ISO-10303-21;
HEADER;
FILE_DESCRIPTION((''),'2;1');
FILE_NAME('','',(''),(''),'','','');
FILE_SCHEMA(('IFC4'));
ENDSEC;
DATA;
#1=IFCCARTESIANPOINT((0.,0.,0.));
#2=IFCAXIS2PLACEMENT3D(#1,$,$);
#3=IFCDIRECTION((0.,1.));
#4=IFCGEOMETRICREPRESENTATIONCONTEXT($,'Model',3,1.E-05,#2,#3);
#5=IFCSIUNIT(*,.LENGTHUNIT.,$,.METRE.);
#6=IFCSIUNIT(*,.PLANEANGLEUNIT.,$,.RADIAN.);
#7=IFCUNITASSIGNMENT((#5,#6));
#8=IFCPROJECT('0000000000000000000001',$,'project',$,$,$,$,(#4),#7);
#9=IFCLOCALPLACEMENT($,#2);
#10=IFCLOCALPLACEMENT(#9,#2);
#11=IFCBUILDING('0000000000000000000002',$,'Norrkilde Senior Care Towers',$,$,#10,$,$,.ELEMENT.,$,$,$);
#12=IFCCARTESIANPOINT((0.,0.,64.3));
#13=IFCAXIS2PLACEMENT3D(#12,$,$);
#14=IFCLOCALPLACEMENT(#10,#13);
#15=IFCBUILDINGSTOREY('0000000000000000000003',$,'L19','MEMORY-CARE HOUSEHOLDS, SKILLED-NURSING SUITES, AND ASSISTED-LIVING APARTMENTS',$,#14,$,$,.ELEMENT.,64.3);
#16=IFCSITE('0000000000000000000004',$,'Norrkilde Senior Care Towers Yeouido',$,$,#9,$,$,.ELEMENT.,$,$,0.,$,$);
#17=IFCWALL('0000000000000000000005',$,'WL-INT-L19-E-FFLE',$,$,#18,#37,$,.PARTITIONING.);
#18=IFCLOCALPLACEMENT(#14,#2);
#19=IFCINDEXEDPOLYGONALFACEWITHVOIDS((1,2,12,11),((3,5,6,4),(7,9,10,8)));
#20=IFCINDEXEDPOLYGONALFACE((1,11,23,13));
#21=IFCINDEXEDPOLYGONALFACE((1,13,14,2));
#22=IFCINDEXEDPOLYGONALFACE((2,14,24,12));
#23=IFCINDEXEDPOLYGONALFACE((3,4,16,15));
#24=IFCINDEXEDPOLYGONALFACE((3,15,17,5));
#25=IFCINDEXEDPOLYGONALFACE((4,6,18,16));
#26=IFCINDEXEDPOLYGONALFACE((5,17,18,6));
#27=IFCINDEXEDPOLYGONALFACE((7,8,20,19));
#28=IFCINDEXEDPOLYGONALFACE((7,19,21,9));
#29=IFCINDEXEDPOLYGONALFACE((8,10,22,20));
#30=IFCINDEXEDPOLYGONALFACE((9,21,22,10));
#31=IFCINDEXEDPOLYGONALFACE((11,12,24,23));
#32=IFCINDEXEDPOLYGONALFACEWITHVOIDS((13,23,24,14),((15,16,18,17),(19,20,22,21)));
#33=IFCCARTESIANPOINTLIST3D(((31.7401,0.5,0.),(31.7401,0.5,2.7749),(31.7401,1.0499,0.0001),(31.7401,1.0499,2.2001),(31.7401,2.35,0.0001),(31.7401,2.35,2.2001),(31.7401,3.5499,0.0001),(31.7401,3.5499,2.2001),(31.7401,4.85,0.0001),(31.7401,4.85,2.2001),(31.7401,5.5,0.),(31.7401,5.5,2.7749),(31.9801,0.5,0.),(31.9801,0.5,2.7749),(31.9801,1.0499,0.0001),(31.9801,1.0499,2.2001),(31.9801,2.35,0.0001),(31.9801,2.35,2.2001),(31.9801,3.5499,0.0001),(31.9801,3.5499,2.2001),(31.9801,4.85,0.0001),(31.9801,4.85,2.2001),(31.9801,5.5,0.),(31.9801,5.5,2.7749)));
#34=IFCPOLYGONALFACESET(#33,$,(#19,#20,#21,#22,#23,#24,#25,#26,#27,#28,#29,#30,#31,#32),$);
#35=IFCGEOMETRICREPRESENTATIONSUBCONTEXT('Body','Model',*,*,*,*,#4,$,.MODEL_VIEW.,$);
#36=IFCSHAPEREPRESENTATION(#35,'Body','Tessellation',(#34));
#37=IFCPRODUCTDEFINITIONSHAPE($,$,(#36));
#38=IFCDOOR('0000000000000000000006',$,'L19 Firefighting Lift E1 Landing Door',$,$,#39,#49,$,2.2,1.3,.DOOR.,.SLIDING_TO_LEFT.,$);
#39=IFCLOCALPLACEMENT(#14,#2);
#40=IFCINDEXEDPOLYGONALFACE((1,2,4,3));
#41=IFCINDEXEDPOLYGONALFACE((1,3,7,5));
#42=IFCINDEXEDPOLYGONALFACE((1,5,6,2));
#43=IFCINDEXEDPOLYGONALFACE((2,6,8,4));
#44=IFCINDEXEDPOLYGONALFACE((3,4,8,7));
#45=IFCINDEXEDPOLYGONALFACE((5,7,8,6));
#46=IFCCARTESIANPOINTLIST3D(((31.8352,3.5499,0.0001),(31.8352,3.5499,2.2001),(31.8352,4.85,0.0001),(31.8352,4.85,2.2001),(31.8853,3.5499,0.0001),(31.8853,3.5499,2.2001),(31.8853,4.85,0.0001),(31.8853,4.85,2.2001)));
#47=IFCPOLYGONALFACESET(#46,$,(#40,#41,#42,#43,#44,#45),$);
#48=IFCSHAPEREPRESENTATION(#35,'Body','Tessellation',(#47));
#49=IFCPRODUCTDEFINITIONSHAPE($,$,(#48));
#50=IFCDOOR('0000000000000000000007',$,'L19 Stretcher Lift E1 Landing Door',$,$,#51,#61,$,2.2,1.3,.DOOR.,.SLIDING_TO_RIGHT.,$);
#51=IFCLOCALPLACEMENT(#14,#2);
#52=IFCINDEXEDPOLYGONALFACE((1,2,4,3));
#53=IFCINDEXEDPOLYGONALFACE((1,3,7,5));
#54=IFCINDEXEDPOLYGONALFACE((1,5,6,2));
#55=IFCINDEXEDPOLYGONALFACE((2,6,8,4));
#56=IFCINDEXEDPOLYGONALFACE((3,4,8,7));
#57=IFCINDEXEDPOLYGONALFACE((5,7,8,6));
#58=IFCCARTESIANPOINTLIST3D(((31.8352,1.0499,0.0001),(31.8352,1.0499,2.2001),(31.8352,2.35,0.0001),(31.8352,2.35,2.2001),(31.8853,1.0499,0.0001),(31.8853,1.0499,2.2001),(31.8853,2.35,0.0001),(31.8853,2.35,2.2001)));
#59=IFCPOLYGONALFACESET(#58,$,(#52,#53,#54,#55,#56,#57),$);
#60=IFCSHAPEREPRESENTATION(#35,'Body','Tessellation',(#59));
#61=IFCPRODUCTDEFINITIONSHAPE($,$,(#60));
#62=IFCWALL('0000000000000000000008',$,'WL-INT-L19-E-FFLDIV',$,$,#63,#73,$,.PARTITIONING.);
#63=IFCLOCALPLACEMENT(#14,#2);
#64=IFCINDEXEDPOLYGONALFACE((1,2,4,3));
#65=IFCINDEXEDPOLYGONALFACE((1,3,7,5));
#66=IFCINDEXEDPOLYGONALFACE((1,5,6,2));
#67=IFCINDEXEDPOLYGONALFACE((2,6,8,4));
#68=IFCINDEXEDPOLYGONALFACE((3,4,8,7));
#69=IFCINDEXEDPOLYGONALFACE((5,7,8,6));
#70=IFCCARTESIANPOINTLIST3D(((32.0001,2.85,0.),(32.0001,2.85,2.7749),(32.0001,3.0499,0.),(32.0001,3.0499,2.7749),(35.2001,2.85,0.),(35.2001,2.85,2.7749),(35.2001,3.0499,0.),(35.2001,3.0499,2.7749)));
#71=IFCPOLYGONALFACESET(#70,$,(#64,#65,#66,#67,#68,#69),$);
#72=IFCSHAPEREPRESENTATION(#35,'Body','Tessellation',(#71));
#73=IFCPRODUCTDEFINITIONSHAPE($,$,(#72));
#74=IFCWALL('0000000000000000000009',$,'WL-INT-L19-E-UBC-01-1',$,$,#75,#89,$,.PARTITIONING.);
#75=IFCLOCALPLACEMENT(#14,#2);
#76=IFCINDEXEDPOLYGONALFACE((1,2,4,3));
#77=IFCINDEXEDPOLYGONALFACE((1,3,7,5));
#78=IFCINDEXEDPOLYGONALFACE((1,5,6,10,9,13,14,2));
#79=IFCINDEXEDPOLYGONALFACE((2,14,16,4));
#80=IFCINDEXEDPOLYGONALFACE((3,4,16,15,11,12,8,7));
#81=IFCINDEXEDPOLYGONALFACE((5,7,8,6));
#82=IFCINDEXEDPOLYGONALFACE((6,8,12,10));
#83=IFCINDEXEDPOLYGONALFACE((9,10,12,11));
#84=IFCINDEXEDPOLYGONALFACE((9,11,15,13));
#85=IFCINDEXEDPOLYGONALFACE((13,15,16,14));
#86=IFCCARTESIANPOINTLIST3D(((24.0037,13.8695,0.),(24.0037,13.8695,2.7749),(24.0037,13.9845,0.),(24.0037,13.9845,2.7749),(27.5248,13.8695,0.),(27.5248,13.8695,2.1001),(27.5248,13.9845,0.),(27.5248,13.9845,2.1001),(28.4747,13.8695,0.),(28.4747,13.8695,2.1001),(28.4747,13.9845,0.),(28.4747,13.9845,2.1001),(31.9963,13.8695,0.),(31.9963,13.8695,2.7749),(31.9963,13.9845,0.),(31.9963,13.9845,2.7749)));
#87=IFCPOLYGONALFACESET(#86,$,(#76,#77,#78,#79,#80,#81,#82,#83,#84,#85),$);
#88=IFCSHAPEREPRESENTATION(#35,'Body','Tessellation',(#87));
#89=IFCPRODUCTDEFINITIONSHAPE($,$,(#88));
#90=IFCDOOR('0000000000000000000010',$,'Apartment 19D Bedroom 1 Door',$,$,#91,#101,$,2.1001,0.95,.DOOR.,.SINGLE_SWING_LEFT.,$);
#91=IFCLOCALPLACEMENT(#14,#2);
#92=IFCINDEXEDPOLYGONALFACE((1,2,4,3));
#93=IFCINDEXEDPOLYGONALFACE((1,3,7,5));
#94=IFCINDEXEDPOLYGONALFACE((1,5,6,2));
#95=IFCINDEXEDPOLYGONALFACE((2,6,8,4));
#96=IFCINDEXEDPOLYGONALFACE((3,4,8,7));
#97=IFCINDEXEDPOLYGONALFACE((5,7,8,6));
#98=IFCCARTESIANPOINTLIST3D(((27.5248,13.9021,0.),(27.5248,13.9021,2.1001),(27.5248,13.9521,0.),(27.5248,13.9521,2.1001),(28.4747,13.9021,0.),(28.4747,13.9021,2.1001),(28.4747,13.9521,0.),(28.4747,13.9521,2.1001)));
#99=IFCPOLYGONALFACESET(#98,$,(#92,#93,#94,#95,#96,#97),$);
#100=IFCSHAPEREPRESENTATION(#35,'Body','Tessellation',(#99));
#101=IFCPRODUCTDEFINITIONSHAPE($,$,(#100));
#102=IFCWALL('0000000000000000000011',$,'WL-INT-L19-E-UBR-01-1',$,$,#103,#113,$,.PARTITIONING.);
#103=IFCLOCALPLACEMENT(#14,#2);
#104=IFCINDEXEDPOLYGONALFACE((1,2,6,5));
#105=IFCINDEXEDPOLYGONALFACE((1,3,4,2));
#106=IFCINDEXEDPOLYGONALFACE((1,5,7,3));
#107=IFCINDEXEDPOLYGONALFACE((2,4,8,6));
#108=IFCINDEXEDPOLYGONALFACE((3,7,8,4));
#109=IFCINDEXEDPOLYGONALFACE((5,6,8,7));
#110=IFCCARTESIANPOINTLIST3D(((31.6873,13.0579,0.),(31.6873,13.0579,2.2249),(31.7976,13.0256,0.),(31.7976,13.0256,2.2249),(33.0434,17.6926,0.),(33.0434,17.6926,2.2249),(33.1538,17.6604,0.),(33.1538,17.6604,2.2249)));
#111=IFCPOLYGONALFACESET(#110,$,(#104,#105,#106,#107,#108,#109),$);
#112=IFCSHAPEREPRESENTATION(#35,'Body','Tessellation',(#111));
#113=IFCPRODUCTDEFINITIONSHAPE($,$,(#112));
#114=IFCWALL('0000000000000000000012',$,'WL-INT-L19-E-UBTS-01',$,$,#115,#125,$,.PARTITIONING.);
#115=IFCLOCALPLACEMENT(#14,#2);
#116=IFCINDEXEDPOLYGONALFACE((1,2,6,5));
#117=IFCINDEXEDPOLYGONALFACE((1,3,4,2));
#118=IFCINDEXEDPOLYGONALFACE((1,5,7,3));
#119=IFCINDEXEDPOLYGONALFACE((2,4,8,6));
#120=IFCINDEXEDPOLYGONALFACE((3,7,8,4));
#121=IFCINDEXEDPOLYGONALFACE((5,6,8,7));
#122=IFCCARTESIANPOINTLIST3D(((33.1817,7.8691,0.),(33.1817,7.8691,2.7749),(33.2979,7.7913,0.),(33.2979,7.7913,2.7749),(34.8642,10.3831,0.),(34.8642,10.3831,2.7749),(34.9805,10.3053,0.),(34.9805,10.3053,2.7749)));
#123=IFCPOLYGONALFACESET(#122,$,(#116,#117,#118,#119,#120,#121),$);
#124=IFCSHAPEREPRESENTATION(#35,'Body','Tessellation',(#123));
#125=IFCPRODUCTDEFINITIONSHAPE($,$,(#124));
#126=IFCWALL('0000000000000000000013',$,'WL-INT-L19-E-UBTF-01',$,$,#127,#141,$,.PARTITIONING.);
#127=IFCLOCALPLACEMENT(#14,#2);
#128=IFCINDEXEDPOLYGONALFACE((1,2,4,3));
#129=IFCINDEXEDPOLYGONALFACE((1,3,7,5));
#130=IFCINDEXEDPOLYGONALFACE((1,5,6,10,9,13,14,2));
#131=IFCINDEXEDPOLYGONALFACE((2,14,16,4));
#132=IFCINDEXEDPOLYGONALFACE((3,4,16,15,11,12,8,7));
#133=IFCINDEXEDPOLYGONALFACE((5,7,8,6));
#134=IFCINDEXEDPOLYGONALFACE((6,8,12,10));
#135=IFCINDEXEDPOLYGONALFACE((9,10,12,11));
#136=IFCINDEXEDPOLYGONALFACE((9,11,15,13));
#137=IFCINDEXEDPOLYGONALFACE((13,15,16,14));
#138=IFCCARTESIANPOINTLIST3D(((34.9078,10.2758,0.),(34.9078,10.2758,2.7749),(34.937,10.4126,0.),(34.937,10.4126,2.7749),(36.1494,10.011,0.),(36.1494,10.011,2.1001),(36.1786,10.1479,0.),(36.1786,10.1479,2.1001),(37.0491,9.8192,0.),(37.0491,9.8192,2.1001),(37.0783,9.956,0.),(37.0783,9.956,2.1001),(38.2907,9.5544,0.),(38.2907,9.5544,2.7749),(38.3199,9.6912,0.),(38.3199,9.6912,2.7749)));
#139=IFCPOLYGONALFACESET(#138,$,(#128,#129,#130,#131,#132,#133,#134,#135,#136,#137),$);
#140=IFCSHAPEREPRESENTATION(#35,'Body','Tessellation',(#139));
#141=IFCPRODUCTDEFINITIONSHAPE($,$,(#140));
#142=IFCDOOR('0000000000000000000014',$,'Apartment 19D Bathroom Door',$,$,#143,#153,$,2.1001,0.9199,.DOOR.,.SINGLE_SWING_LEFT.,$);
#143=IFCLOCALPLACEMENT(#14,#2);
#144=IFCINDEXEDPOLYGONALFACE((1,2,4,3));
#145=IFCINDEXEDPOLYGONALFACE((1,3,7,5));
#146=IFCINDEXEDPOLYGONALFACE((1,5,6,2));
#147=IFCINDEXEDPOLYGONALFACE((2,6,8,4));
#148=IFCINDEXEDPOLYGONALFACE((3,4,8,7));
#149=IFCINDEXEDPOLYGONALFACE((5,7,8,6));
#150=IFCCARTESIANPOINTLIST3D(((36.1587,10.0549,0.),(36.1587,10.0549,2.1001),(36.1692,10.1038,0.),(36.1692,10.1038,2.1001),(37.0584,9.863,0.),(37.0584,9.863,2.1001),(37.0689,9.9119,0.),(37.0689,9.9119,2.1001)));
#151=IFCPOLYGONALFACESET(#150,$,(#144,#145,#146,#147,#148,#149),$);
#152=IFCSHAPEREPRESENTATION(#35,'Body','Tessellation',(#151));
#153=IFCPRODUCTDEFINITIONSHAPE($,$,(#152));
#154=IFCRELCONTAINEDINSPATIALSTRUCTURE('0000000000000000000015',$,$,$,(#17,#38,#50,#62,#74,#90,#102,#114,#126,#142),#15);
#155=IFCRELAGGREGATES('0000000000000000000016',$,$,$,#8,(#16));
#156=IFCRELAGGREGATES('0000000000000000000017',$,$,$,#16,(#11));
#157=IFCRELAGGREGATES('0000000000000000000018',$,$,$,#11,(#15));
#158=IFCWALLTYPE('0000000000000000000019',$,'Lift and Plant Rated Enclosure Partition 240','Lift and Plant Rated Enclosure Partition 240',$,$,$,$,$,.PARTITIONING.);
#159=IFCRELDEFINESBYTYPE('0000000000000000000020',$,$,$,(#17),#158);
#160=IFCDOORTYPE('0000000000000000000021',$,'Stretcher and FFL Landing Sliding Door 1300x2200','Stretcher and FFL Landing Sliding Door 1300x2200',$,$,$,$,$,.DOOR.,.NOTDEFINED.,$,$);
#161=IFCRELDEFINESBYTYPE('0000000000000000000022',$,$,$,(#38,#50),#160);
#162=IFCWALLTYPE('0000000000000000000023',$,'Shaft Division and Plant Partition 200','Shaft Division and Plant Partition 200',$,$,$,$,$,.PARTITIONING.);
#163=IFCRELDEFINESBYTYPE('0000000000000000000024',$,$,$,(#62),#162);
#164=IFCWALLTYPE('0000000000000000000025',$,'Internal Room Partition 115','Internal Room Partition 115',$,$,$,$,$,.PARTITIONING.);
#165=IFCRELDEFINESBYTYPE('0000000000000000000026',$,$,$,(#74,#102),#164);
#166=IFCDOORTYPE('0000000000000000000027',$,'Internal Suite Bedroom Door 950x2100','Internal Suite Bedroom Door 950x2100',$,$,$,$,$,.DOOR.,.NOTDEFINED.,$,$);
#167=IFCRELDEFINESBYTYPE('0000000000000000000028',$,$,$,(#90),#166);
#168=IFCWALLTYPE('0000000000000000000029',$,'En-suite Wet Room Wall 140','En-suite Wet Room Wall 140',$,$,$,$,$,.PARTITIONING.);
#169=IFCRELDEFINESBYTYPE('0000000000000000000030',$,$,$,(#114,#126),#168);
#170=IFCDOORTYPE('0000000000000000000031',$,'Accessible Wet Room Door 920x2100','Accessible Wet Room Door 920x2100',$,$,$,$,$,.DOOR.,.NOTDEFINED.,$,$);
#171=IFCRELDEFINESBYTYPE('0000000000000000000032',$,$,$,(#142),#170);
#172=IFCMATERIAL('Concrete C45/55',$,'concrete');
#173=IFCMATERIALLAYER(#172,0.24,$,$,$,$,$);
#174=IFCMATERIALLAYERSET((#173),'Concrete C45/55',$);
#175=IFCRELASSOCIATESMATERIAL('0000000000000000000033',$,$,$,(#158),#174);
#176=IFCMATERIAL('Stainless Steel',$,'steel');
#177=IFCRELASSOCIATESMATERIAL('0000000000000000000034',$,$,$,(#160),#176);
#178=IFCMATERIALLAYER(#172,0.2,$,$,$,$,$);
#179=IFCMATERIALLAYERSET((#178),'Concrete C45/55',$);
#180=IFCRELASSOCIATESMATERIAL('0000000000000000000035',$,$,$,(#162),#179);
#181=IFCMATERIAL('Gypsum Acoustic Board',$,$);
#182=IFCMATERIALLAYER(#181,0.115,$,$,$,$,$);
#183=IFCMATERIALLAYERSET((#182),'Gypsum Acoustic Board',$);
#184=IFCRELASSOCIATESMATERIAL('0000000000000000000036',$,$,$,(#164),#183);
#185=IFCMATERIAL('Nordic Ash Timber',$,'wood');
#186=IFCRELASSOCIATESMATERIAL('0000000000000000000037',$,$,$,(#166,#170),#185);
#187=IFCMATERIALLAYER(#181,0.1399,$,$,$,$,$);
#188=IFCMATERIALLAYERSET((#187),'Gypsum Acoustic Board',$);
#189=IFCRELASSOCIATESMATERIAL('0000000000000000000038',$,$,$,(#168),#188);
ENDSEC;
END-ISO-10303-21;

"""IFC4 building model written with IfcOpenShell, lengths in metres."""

from ifc_helpers import new_model, si_unit, direction, frame, frame_2d, origin, place, context, subcontext, project, spatial, rectangle, extrude, source, transform, mapped, material, layer, layer_set, type_object, type_shapes, element, fill, save


model = new_model("IFC4")

# Units and contexts
model_context = context("Model", 3, precision=1e-05, world=origin(), true_north=direction((0.0, 1.0)))
body_context = subcontext(model_context, "Body", "Model", "MODEL_VIEW")
ifc_project = project(units=[si_unit("LENGTHUNIT", "METRE"), si_unit("PLANEANGLEUNIT", "RADIAN")], contexts=[model_context])

# Site, building, storey
site_placement = place(None, origin())
site = spatial("IfcSite", under=ifc_project, at=site_placement, Name="Norrkilde Senior Care Towers Yeouido", CompositionType="ELEMENT", RefElevation=0.0)
building_placement = place(site_placement, origin())
building = spatial("IfcBuilding", under=site, at=building_placement, Name="Norrkilde Senior Care Towers", CompositionType="ELEMENT")
storey_placement = place(building_placement, frame((0.0, 0.0, 64.3)))
storey = spatial("IfcBuildingStorey", under=building, at=storey_placement, Name="L19", Description="MEMORY-CARE HOUSEHOLDS, SKILLED-NURSING SUITES, AND ASSISTED-LIVING APARTMENTS", CompositionType="ELEMENT", Elevation=64.3)

# Wall, openings, doors
ifc_material_1 = material(Name="Concrete C45/55", Category="concrete")
ifc_layer_1 = layer(ifc_material_1, 0.24)
ifc_layer_set_1 = layer_set([ifc_layer_1], Name="Concrete C45/55")
wall_type_1 = type_object("IfcWallType", Name="Lift and Plant Rated Enclosure Partition 240", Description="Lift and Plant Rated Enclosure Partition 240", PredefinedType="PARTITIONING", material=ifc_layer_set_1)
shared_shape_1 = source(origin(), body_context, "Body", "SweptSolid", [
    extrude(rectangle(XDim=5.0, YDim=0.24, at=frame_2d((2.5, 0.0))), origin(), (0.0, 0.0, 1.0), 2.7749),
])
type_shapes(wall_type_1, [shared_shape_1])
wall_1_placement = place(storey_placement, frame((31.8601, 0.5, 0.0), z_axis=(0.0, 0.0, 1.0), x_axis=(0.0, 1.0, 0.0)))
wall_1 = element("IfcWall", 1, at=wall_1_placement, inside=storey, type_object=wall_type_1, Name="WL-INT-L19-E-FFLE", PredefinedType="PARTITIONING", context=body_context, shape_type="MappedRepresentation", body=[
    mapped(shared_shape_1, transform((0.0, 0.0, 0.0), x_axis=(1.0, 0.0, 0.0), y_axis=(0.0, 1.0, 0.0), z_axis=(0.0, 0.0, 1.0), scale=1.0)),
])
opening_1_placement = place(wall_1_placement, frame((3.05, 0.0, 0.0)))
opening_1 = element("IfcOpeningElement", 2, at=opening_1_placement, cuts=wall_1, PredefinedType="OPENING", context=body_context, shape_type="SweptSolid", body=[
    extrude(rectangle(XDim=1.3, YDim=2.2, at=frame_2d((0.6499, 1.1001))), frame((0.0, 0.1299, 0.0), z_axis=(0.0, -1.0, 0.0), x_axis=(1.0, 0.0, 0.0)), (0.0, 0.0, 1.0), 0.26),
])
opening_2_placement = place(wall_1_placement, frame((0.55, 0.0, 0.0)))
opening_2 = element("IfcOpeningElement", 3, at=opening_2_placement, cuts=wall_1, PredefinedType="OPENING", context=body_context, shape_type="SweptSolid", body=[
    extrude(rectangle(XDim=1.3, YDim=2.2, at=frame_2d((0.6499, 1.1001))), frame((0.0, 0.1299, 0.0), z_axis=(0.0, -1.0, 0.0), x_axis=(1.0, 0.0, 0.0)), (0.0, 0.0, 1.0), 0.26),
])
ifc_material_2 = material(Name="Stainless Steel", Category="steel")
door_type_1 = type_object("IfcDoorType", Name="Stretcher and FFL Landing Sliding Door 1300x2200", Description="Stretcher and FFL Landing Sliding Door 1300x2200", OperationType="NOTDEFINED", PredefinedType="DOOR", material=ifc_material_2)
shared_shape_2 = source(origin(), body_context, "Body", "SweptSolid", [
    extrude(rectangle(XDim=1.3, YDim=2.2, at=frame_2d((0.6499, 1.1001))), frame((0.0, 0.0249, 0.0), z_axis=(0.0, -1.0, 0.0), x_axis=(1.0, 0.0, 0.0)), (0.0, 0.0, 1.0), 0.05),
])
type_shapes(door_type_1, [shared_shape_2])
door_1_placement = place(opening_1_placement, origin())
door_1 = element("IfcDoor", 4, at=door_1_placement, inside=storey, type_object=door_type_1, Name="L19 Firefighting Lift E1 Landing Door", OperationType="SLIDING_TO_LEFT", OverallHeight=2.2, OverallWidth=1.3, PredefinedType="DOOR", context=body_context, shape_type="MappedRepresentation", body=[
    mapped(shared_shape_2, transform((0.0, 0.0, 0.0), x_axis=(1.0, 0.0, 0.0), y_axis=(0.0, 1.0, 0.0), z_axis=(0.0, 0.0, 1.0), scale=1.0)),
])
fill(opening_1, door_1)
door_2_placement = place(opening_2_placement, origin())
door_2 = element("IfcDoor", 5, at=door_2_placement, inside=storey, type_object=door_type_1, Name="L19 Stretcher Lift E1 Landing Door", OperationType="SLIDING_TO_RIGHT", OverallHeight=2.2, OverallWidth=1.3, PredefinedType="DOOR", context=body_context, shape_type="MappedRepresentation", body=[
    mapped(shared_shape_2, transform((0.0, 0.0, 0.0), x_axis=(1.0, 0.0, 0.0), y_axis=(0.0, 1.0, 0.0), z_axis=(0.0, 0.0, 1.0), scale=1.0)),
])
fill(opening_2, door_2)

# Wall
ifc_layer_2 = layer(ifc_material_1, 0.2)
ifc_layer_set_2 = layer_set([ifc_layer_2], Name="Concrete C45/55")
wall_type_2 = type_object("IfcWallType", Name="Shaft Division and Plant Partition 200", Description="Shaft Division and Plant Partition 200", PredefinedType="PARTITIONING", material=ifc_layer_set_2)
shared_shape_3 = source(origin(), body_context, "Body", "SweptSolid", [
    extrude(rectangle(XDim=3.2, YDim=0.2, at=frame_2d((1.6001, 0.0))), origin(), (0.0, 0.0, 1.0), 2.7749),
])
type_shapes(wall_type_2, [shared_shape_3])
wall_2_placement = place(storey_placement, frame((32.0, 2.95, 0.0), z_axis=(0.0, 0.0, 1.0), x_axis=(1.0, 0.0, 0.0)))
element("IfcWall", 6, at=wall_2_placement, inside=storey, type_object=wall_type_2, Name="WL-INT-L19-E-FFLDIV", PredefinedType="PARTITIONING", context=body_context, shape_type="MappedRepresentation", body=[
    mapped(shared_shape_3, transform((0.0, 0.0, 0.0), x_axis=(1.0, 0.0, 0.0), y_axis=(0.0, 1.0, 0.0), z_axis=(0.0, 0.0, 1.0), scale=1.0)),
])

# Wall, opening, door
ifc_material_3 = material(Name="Gypsum Acoustic Board")
ifc_layer_3 = layer(ifc_material_3, 0.115)
ifc_layer_set_3 = layer_set([ifc_layer_3], Name="Gypsum Acoustic Board")
wall_type_3 = type_object("IfcWallType", Name="Internal Room Partition 115", Description="Internal Room Partition 115", PredefinedType="PARTITIONING", material=ifc_layer_set_3)
shared_shape_4 = source(origin(), body_context, "Body", "SweptSolid", [
    extrude(rectangle(XDim=7.9927, YDim=0.115, at=frame_2d((3.9963, 0.0))), origin(), (0.0, 0.0, 1.0), 2.7749),
])
wall_3_placement = place(storey_placement, frame((31.9963, 13.927, 0.0), z_axis=(0.0, 0.0, 1.0), x_axis=(-1.0, 0.0, 0.0)))
wall_3 = element("IfcWall", 7, at=wall_3_placement, inside=storey, type_object=wall_type_3, Name="WL-INT-L19-E-UBC-01-1", PredefinedType="PARTITIONING", context=body_context, shape_type="MappedRepresentation", body=[
    mapped(shared_shape_4, transform((0.0, 0.0, 0.0), x_axis=(1.0, 0.0, 0.0), y_axis=(0.0, 1.0, 0.0), z_axis=(0.0, 0.0, 1.0), scale=1.0)),
])
opening_3_placement = place(wall_3_placement, frame((3.5215, 0.0, 0.0)))
opening_3 = element("IfcOpeningElement", 8, at=opening_3_placement, cuts=wall_3, PredefinedType="OPENING", context=body_context, shape_type="SweptSolid", body=[
    extrude(rectangle(XDim=0.95, YDim=2.1001, at=frame_2d((0.4751, 1.05))), frame((0.0, 0.0674, 0.0), z_axis=(0.0, -1.0, 0.0), x_axis=(1.0, 0.0, 0.0)), (0.0, 0.0, 1.0), 0.135),
])
ifc_material_4 = material(Name="Nordic Ash Timber", Category="wood")
door_type_2 = type_object("IfcDoorType", Name="Internal Suite Bedroom Door 950x2100", Description="Internal Suite Bedroom Door 950x2100", OperationType="NOTDEFINED", PredefinedType="DOOR", material=ifc_material_4)
shared_shape_5 = source(origin(), body_context, "Body", "SweptSolid", [
    extrude(rectangle(XDim=0.95, YDim=2.1001, at=frame_2d((0.4751, 1.05))), frame((0.0, 0.0249, 0.0), z_axis=(0.0, -1.0, 0.0), x_axis=(1.0, 0.0, 0.0)), (0.0, 0.0, 1.0), 0.05),
])
type_shapes(door_type_2, [shared_shape_5])
door_3_placement = place(opening_3_placement, origin())
door_3 = element("IfcDoor", 9, at=door_3_placement, inside=storey, type_object=door_type_2, Name="Apartment 19D Bedroom 1 Door", OperationType="SINGLE_SWING_LEFT", OverallHeight=2.1001, OverallWidth=0.95, PredefinedType="DOOR", context=body_context, shape_type="MappedRepresentation", body=[
    mapped(shared_shape_5, transform((0.0, 0.0, 0.0), x_axis=(1.0, 0.0, 0.0), y_axis=(0.0, 1.0, 0.0), z_axis=(0.0, 0.0, 1.0), scale=1.0)),
])
fill(opening_3, door_3)

# Walls
shared_shape_6 = source(origin(), body_context, "Body", "SweptSolid", [
    extrude(rectangle(XDim=4.8291, YDim=0.115, at=frame_2d((2.4146, 0.0))), origin(), (0.0, 0.0, 1.0), 2.2249),
])
wall_4_placement = place(storey_placement, frame((31.7424, 13.0417, 0.0), z_axis=(0.0, 0.0, 1.0), x_axis=(0.280839, 0.959755, 0.0)))
element("IfcWall", 10, at=wall_4_placement, inside=storey, type_object=wall_type_3, Name="WL-INT-L19-E-UBR-01-1", PredefinedType="PARTITIONING", context=body_context, shape_type="MappedRepresentation", body=[
    mapped(shared_shape_6, transform((0.0, 0.0, 0.0), x_axis=(1.0, 0.0, 0.0), y_axis=(0.0, 1.0, 0.0), z_axis=(0.0, 0.0, 1.0), scale=1.0)),
])
ifc_layer_4 = layer(ifc_material_3, 0.1399)
ifc_layer_set_4 = layer_set([ifc_layer_4], Name="Gypsum Acoustic Board")
wall_type_4 = type_object("IfcWallType", Name="En-suite Wet Room Wall 140", Description="En-suite Wet Room Wall 140", PredefinedType="PARTITIONING", material=ifc_layer_set_4)
shared_shape_7 = source(origin(), body_context, "Body", "SweptSolid", [
    extrude(rectangle(XDim=3.0251, YDim=0.1399, at=frame_2d((1.5127, 0.0))), origin(), (0.0, 0.0, 1.0), 2.7749),
])
wall_5_placement = place(storey_placement, frame((33.2397, 7.8301, 0.0), z_axis=(0.0, 0.0, 1.0), x_axis=(0.556189, 0.831056, 0.0)))
element("IfcWall", 11, at=wall_5_placement, inside=storey, type_object=wall_type_4, Name="WL-INT-L19-E-UBTS-01", PredefinedType="PARTITIONING", context=body_context, shape_type="MappedRepresentation", body=[
    mapped(shared_shape_7, transform((0.0, 0.0, 0.0), x_axis=(1.0, 0.0, 0.0), y_axis=(0.0, 1.0, 0.0), z_axis=(0.0, 0.0, 1.0), scale=1.0)),
])

# Wall, opening, door
shared_shape_8 = source(origin(), body_context, "Body", "SweptSolid", [
    extrude(rectangle(XDim=3.459, YDim=0.1399, at=frame_2d((1.7295, 0.0))), origin(), (0.0, 0.0, 1.0), 2.7749),
])
type_shapes(wall_type_4, [shared_shape_7, shared_shape_8])
wall_6_placement = place(storey_placement, frame((34.9224, 10.3442, 0.0), z_axis=(0.0, 0.0, 1.0), x_axis=(0.978006, -0.208575, 0.0)))
wall_6 = element("IfcWall", 12, at=wall_6_placement, inside=storey, type_object=wall_type_4, Name="WL-INT-L19-E-UBTF-01", PredefinedType="PARTITIONING", context=body_context, shape_type="MappedRepresentation", body=[
    mapped(shared_shape_8, transform((0.0, 0.0, 0.0), x_axis=(1.0, 0.0, 0.0), y_axis=(0.0, 1.0, 0.0), z_axis=(0.0, 0.0, 1.0), scale=1.0)),
])
opening_4_placement = place(wall_6_placement, frame((1.2695, 0.0, 0.0)))
opening_4 = element("IfcOpeningElement", 13, at=opening_4_placement, cuts=wall_6, PredefinedType="OPENING", context=body_context, shape_type="SweptSolid", body=[
    extrude(rectangle(XDim=0.9199, YDim=2.1001, at=frame_2d((0.46, 1.05))), frame((0.0, 0.0798, 0.0), z_axis=(0.0, -1.0, 0.0), x_axis=(1.0, 0.0, 0.0)), (0.0, 0.0, 1.0), 0.1599),
])
door_type_3 = type_object("IfcDoorType", Name="Accessible Wet Room Door 920x2100", Description="Accessible Wet Room Door 920x2100", OperationType="NOTDEFINED", PredefinedType="DOOR", material=ifc_material_4)
shared_shape_9 = source(origin(), body_context, "Body", "SweptSolid", [
    extrude(rectangle(XDim=0.9199, YDim=2.1001, at=frame_2d((0.46, 1.05))), frame((0.0, 0.0249, 0.0), z_axis=(0.0, -1.0, 0.0), x_axis=(1.0, 0.0, 0.0)), (0.0, 0.0, 1.0), 0.05),
])
type_shapes(door_type_3, [shared_shape_9])
door_4_placement = place(opening_4_placement, origin())
door_4 = element("IfcDoor", 14, at=door_4_placement, inside=storey, type_object=door_type_3, Name="Apartment 19D Bathroom Door", OperationType="SINGLE_SWING_LEFT", OverallHeight=2.1001, OverallWidth=0.9199, PredefinedType="DOOR", context=body_context, shape_type="MappedRepresentation", body=[
    mapped(shared_shape_9, transform((0.0, 0.0, 0.0), x_axis=(1.0, 0.0, 0.0), y_axis=(0.0, 1.0, 0.0), z_axis=(0.0, 0.0, 1.0), scale=1.0)),
])
fill(opening_4, door_4)

save(model, "model.ifc")
